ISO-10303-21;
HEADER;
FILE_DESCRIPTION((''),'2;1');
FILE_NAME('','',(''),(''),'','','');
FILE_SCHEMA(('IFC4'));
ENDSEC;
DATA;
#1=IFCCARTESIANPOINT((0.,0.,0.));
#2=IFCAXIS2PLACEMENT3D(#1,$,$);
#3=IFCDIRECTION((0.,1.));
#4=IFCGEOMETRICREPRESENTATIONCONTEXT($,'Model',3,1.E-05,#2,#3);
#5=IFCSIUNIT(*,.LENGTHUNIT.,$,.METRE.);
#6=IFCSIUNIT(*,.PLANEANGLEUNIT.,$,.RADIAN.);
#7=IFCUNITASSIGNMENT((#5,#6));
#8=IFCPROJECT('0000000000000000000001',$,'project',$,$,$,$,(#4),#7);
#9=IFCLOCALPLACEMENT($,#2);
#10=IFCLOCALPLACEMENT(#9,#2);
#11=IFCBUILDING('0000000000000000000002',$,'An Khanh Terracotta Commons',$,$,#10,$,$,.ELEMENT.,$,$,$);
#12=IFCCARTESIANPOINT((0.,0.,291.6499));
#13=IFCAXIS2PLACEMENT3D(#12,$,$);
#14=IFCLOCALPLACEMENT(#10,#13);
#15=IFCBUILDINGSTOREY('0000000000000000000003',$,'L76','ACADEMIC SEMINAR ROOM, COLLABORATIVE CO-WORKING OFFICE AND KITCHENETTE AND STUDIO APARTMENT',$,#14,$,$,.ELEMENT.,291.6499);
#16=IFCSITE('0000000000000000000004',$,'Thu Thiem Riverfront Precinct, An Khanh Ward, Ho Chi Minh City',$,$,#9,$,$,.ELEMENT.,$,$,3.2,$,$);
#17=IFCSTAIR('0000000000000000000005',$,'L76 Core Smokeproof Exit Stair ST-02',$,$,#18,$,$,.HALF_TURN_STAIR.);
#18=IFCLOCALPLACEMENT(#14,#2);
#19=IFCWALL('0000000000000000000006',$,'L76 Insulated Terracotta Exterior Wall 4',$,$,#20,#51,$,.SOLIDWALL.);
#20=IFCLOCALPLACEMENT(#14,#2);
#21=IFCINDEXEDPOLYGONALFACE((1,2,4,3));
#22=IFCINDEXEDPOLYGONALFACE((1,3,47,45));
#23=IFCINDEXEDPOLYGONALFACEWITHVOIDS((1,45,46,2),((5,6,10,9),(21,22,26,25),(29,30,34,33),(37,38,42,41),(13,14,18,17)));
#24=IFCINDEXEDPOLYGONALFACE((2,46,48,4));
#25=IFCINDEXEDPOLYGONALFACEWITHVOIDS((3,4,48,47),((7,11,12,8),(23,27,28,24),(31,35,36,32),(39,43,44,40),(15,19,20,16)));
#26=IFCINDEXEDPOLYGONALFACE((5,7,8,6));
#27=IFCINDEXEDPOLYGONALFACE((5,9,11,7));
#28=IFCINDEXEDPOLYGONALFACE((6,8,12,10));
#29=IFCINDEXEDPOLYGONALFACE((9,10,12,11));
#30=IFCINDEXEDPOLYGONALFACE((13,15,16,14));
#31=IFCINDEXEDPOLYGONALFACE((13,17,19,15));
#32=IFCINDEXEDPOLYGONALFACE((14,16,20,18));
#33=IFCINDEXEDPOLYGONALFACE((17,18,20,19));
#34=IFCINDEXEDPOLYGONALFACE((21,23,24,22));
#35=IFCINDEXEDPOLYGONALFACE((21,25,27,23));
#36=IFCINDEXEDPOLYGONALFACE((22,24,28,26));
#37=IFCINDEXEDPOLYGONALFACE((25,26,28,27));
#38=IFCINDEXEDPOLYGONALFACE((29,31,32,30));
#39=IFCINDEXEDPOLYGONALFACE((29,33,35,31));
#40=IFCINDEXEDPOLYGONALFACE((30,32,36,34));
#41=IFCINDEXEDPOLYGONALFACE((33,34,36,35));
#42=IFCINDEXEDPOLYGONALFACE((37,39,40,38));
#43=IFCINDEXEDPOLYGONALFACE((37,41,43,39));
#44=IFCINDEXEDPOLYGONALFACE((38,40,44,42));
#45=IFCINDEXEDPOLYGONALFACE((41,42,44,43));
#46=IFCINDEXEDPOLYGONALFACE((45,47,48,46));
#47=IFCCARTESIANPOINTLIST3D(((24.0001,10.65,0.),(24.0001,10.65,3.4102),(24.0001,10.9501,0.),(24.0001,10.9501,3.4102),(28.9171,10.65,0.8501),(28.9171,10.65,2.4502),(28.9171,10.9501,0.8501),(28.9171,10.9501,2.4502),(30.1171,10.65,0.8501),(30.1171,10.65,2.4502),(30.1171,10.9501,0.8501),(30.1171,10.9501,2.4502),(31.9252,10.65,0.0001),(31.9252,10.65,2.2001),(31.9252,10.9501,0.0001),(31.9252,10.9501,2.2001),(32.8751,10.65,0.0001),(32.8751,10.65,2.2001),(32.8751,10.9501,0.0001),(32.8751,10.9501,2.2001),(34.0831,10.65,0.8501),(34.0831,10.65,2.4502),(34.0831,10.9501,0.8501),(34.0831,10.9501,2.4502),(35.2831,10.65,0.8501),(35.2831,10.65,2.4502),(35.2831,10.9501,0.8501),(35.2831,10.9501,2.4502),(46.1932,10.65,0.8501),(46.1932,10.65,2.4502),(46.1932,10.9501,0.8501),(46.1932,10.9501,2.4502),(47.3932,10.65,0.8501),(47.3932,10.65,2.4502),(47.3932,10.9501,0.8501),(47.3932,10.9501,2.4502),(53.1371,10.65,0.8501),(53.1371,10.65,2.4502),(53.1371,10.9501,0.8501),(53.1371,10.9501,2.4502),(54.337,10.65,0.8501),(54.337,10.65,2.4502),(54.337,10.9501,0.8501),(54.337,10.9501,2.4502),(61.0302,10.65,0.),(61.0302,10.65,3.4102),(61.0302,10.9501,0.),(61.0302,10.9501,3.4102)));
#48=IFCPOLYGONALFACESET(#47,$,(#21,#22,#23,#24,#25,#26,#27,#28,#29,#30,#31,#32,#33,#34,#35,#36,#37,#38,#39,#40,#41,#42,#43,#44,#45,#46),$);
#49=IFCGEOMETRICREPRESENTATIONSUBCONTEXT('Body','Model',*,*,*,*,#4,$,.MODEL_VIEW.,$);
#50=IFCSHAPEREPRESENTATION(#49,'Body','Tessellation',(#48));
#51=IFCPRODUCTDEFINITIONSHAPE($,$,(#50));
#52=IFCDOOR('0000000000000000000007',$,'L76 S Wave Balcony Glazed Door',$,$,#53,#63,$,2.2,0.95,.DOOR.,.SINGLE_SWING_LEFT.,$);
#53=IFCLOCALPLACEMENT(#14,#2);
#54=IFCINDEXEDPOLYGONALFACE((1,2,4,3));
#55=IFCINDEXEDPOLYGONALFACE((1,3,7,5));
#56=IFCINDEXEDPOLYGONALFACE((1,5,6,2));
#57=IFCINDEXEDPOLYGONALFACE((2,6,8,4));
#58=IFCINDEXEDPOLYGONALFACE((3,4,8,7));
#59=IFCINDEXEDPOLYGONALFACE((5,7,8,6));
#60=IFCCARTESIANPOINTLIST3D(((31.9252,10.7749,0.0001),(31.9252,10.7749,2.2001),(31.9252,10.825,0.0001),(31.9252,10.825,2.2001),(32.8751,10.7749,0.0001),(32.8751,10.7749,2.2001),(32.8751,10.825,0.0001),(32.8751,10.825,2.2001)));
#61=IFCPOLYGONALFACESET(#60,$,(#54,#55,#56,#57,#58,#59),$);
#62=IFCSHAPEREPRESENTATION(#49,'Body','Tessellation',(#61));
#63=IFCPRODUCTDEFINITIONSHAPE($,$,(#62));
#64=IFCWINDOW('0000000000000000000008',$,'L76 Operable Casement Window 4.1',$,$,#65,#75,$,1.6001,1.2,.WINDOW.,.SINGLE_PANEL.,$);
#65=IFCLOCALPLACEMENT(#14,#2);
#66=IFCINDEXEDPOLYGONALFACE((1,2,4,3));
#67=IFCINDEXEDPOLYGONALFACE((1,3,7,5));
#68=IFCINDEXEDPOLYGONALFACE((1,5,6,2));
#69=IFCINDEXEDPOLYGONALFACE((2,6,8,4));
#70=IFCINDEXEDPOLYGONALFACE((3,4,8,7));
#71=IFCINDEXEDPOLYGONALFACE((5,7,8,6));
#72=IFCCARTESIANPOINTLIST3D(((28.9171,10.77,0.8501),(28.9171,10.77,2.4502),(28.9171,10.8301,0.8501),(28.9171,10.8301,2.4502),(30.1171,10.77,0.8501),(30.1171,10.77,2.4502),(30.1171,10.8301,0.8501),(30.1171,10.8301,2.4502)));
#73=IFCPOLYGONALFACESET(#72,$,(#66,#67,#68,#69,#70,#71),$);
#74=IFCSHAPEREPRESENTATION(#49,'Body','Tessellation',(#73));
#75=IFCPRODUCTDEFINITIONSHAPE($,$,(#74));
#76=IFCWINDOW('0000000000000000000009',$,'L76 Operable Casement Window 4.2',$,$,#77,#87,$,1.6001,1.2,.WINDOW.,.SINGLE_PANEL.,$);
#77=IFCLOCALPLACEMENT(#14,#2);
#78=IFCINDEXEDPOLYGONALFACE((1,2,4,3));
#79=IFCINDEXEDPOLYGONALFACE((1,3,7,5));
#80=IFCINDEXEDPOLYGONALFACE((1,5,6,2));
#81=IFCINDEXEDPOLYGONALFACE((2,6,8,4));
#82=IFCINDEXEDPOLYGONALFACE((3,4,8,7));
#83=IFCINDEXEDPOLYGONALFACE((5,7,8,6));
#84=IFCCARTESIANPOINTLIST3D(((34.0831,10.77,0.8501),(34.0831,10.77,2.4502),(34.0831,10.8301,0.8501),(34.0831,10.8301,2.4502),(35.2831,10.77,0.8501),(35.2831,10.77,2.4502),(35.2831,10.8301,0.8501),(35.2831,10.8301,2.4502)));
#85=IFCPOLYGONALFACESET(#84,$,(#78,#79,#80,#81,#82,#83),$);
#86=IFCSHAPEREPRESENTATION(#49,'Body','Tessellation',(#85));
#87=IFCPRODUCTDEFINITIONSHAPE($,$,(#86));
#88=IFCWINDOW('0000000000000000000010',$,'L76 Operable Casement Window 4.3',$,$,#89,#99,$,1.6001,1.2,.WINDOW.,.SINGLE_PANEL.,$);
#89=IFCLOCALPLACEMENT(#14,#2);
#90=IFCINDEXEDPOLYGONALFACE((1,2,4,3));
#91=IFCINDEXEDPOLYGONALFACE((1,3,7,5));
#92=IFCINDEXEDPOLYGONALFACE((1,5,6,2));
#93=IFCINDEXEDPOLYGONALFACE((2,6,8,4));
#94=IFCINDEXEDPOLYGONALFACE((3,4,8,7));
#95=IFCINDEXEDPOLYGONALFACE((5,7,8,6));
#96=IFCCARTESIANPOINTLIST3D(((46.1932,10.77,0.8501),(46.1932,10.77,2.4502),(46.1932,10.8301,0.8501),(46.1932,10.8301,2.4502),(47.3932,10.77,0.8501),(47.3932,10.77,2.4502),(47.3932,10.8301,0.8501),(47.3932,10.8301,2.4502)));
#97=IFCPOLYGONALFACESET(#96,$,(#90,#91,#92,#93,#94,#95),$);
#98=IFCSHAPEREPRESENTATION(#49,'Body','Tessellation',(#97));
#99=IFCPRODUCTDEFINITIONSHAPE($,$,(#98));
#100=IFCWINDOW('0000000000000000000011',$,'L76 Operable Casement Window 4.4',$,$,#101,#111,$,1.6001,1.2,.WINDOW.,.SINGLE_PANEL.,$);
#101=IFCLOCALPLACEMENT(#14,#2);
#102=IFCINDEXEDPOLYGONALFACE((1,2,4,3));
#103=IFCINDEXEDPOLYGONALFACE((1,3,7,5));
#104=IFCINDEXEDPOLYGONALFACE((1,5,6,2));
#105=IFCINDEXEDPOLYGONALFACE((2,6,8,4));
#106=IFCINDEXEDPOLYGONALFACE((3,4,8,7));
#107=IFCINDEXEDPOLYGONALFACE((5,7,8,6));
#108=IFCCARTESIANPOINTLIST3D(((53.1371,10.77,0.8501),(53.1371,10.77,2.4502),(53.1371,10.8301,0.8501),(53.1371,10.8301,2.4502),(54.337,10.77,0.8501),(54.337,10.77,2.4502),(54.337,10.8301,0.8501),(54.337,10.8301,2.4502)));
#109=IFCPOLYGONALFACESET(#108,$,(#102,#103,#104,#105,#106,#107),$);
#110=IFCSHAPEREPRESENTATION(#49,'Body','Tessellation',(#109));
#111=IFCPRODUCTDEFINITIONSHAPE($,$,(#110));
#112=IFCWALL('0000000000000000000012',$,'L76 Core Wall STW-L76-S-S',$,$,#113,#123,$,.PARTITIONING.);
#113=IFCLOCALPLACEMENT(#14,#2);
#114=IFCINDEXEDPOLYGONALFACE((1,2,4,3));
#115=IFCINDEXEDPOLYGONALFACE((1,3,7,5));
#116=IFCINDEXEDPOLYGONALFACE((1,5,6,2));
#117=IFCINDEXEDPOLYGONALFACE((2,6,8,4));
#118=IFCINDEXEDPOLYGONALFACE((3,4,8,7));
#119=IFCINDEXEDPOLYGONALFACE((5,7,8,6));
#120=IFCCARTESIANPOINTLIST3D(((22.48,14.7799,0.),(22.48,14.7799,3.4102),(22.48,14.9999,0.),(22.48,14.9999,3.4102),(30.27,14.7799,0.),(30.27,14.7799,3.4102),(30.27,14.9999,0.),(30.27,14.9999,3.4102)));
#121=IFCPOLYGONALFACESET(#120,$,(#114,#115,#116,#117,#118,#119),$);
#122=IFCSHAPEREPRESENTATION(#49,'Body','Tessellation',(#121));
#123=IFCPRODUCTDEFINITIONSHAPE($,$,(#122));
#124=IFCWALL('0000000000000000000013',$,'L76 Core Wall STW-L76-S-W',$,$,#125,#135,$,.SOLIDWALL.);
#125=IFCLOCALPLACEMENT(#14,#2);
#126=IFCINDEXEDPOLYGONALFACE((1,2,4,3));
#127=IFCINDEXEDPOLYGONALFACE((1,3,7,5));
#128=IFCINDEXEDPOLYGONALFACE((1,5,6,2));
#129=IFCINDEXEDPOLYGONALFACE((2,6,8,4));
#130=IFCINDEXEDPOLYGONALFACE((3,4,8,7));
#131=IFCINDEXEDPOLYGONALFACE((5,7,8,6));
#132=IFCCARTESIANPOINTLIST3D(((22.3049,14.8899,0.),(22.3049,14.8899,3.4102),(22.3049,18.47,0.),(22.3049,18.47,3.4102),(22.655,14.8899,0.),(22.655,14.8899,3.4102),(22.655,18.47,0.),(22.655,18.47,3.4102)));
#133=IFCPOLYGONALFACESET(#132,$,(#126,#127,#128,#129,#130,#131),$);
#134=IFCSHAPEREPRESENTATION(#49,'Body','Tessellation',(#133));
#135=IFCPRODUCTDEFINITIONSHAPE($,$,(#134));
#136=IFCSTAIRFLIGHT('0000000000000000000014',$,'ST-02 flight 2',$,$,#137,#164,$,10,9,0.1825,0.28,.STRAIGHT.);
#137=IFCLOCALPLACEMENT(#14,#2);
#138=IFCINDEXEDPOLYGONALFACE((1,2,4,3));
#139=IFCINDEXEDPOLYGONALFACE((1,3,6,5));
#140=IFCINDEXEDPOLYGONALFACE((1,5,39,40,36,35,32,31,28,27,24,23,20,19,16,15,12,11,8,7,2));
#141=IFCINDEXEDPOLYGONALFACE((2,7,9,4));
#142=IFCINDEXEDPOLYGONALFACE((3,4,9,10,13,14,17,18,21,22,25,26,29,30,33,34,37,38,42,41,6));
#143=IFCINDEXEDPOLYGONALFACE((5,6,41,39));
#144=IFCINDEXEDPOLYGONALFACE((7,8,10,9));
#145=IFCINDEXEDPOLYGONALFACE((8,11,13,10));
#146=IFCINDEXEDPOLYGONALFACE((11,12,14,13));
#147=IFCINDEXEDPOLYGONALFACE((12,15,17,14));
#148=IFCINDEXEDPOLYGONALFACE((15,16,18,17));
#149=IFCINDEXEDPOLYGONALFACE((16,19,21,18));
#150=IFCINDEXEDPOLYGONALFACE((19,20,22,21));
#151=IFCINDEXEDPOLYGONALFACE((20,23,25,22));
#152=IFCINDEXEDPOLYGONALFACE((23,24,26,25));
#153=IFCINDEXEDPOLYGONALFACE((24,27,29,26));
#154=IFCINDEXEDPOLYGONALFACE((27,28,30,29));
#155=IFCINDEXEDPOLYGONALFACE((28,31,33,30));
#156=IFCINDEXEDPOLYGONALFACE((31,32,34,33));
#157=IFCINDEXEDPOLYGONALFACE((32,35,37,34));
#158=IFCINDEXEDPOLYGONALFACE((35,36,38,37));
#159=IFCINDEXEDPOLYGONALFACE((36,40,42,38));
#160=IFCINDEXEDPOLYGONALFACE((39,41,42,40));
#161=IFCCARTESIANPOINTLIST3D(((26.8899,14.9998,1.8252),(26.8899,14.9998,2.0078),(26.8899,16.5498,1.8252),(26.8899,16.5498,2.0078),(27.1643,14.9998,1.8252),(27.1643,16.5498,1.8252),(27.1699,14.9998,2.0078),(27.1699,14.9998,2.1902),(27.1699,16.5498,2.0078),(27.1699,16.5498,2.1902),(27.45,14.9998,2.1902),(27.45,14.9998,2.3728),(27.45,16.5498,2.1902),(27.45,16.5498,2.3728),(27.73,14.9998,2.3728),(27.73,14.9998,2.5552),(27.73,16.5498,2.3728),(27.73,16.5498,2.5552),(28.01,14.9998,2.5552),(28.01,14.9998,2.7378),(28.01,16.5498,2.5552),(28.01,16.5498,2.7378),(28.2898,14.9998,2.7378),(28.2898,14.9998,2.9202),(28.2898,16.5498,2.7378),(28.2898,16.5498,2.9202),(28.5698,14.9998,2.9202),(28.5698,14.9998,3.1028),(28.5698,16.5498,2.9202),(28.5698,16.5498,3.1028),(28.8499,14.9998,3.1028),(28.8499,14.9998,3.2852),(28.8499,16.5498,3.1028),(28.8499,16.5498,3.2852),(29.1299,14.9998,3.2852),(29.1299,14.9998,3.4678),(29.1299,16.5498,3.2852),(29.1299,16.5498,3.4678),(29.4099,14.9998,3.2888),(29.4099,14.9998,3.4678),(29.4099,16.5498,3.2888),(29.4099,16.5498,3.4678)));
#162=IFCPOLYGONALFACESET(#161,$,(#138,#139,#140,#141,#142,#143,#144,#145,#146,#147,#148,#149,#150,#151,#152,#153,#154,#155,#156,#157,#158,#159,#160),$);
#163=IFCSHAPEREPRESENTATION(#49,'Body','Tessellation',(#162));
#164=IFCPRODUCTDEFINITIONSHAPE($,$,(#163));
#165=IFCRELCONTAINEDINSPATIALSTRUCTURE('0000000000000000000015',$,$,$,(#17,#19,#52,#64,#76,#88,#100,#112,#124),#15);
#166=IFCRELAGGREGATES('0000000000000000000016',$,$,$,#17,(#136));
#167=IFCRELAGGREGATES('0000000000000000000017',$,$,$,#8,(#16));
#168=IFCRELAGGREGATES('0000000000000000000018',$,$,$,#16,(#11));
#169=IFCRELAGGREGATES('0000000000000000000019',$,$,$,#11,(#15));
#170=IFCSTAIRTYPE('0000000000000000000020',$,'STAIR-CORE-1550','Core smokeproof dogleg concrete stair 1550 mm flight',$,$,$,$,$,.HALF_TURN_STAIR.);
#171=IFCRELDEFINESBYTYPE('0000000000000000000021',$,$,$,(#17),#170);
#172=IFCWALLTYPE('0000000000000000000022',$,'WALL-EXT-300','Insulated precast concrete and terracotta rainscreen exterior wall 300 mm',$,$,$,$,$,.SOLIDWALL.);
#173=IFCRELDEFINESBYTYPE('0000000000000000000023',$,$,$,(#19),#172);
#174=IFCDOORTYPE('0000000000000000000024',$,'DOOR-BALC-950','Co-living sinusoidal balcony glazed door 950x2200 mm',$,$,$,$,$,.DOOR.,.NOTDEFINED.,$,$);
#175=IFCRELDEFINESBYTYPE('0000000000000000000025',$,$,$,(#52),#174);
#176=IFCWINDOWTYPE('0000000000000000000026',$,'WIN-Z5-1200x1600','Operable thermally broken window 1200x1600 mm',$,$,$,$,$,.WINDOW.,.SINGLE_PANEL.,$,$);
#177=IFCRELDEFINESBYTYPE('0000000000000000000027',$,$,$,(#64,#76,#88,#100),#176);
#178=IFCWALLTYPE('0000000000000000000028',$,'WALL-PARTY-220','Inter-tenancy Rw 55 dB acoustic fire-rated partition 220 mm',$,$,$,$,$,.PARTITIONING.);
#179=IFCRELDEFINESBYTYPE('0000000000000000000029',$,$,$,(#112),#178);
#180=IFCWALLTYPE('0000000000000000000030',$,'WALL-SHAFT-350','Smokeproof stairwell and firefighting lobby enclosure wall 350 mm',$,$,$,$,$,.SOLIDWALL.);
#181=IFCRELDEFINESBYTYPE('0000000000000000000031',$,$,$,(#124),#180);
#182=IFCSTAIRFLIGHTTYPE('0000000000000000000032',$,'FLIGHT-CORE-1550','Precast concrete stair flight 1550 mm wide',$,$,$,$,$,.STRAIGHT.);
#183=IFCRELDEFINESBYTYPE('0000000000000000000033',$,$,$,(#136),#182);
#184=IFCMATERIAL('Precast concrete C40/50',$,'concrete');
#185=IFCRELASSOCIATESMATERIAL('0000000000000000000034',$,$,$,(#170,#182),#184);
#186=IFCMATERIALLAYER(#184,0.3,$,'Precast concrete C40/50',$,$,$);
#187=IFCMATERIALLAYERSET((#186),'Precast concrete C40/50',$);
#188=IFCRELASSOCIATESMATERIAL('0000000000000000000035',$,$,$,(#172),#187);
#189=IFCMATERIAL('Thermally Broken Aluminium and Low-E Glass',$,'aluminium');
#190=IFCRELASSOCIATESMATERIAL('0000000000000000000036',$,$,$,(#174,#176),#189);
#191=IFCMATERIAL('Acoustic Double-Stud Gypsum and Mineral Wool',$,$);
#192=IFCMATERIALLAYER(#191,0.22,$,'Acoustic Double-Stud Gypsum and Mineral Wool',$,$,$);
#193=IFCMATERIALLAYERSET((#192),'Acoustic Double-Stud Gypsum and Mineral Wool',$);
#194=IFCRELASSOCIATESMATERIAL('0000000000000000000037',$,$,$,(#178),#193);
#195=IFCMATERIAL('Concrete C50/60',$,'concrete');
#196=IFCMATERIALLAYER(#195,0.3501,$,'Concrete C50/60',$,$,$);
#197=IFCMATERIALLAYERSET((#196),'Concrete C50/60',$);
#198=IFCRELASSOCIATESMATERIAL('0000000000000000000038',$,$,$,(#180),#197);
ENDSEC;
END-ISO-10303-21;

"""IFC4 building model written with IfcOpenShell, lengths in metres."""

from ifc_helpers import new_model, si_unit, direction, frame, frame_2d, origin, place, context, subcontext, project, spatial, polyline, rectangle, outline, extrude, material, layer, layer_set, type_object, element, fill, aggregate, save


model = new_model("IFC4")

# Units and contexts
model_context = context("Model", 3, precision=1e-05, world=origin(), true_north=direction((0.0, 1.0)))
body_context = subcontext(model_context, "Body", "Model", "MODEL_VIEW")
ifc_project = project(units=[si_unit("LENGTHUNIT", "METRE"), si_unit("PLANEANGLEUNIT", "RADIAN")], contexts=[model_context])

# Site, building, storey
site_placement = place(None, origin())
site = spatial("IfcSite", under=ifc_project, at=site_placement, Name="Thu Thiem Riverfront Precinct, An Khanh Ward, Ho Chi Minh City", CompositionType="ELEMENT", RefElevation=3.2)
building_placement = place(site_placement, origin())
building = spatial("IfcBuilding", under=site, at=building_placement, Name="An Khanh Terracotta Commons", CompositionType="ELEMENT")
storey_placement = place(building_placement, frame((0.0, 0.0, 291.6499)))
storey = spatial("IfcBuildingStorey", under=building, at=storey_placement, Name="L76", Description="ACADEMIC SEMINAR ROOM, COLLABORATIVE CO-WORKING OFFICE AND KITCHENETTE AND STUDIO APARTMENT", CompositionType="ELEMENT", Elevation=291.6499)

# Shared definitions
ifc_material_1 = material(Name="Concrete C50/60", Category="concrete")

# Stair
ifc_material_2 = material(Name="Precast concrete C40/50", Category="concrete")
stair_type = type_object("IfcStairType", Name="STAIR-CORE-1550", Description="Core smokeproof dogleg concrete stair 1550 mm flight", PredefinedType="HALF_TURN_STAIR", material=ifc_material_2)
stair_1_placement = place(storey_placement, origin())
stair_1 = element("IfcStair", 1, at=stair_1_placement, inside=storey, type_object=stair_type, Name="L76 Core Smokeproof Exit Stair ST-02", PredefinedType="HALF_TURN_STAIR")

# Shared definitions
ifc_layer_1 = layer(ifc_material_2, 0.3, Name="Precast concrete C40/50")
ifc_layer_set_1 = layer_set([ifc_layer_1], Name="Precast concrete C40/50")
wall_type_1 = type_object("IfcWallType", Name="WALL-EXT-300", Description="Insulated precast concrete and terracotta rainscreen exterior wall 300 mm", PredefinedType="SOLIDWALL", material=ifc_layer_set_1)

# Wall, openings, door, windows
wall_1_placement = place(storey_placement, frame((24.0, 10.8, 0.0), z_axis=(0.0, 0.0, 1.0), x_axis=(1.0, 0.0, 0.0)))
wall_1 = element("IfcWall", 2, at=wall_1_placement, inside=storey, type_object=wall_type_1, Name="L76 Insulated Terracotta Exterior Wall 4", PredefinedType="SOLIDWALL", context=body_context, shape_type="SweptSolid", body=[
    extrude(rectangle(XDim=37.03, YDim=0.3, at=frame_2d((18.5151, 0.0))), origin(), (0.0, 0.0, 1.0), 3.4102),
])
opening_1_placement = place(wall_1_placement, frame((7.925, 0.0, 0.0)))
opening_1 = element("IfcOpeningElement", 3, at=opening_1_placement, cuts=wall_1, PredefinedType="OPENING", context=body_context, shape_type="SweptSolid", body=[
    extrude(rectangle(XDim=0.95, YDim=2.2, at=frame_2d((0.4751, 1.1001))), frame((0.0, 0.1599, 0.0), z_axis=(0.0, -1.0, 0.0), x_axis=(1.0, 0.0, 0.0)), (0.0, 0.0, 1.0), 0.3201),
])
opening_2_placement = place(wall_1_placement, frame((4.917, 0.0, 0.8501)))
opening_2 = element("IfcOpeningElement", 4, at=opening_2_placement, cuts=wall_1, PredefinedType="OPENING", context=body_context, shape_type="SweptSolid", body=[
    extrude(rectangle(XDim=1.2, YDim=1.6001, at=frame_2d((0.6001, 0.8))), frame((0.0, 0.1599, 0.0), z_axis=(0.0, -1.0, 0.0), x_axis=(1.0, 0.0, 0.0)), (0.0, 0.0, 1.0), 0.3201),
])
opening_3_placement = place(wall_1_placement, frame((10.083, 0.0, 0.8501)))
opening_3 = element("IfcOpeningElement", 5, at=opening_3_placement, cuts=wall_1, PredefinedType="OPENING", context=body_context, shape_type="SweptSolid", body=[
    extrude(rectangle(XDim=1.2, YDim=1.6001, at=frame_2d((0.6001, 0.8))), frame((0.0, 0.1599, 0.0), z_axis=(0.0, -1.0, 0.0), x_axis=(1.0, 0.0, 0.0)), (0.0, 0.0, 1.0), 0.3201),
])
opening_4_placement = place(wall_1_placement, frame((22.1931, 0.0, 0.8501)))
opening_4 = element("IfcOpeningElement", 6, at=opening_4_placement, cuts=wall_1, PredefinedType="OPENING", context=body_context, shape_type="SweptSolid", body=[
    extrude(rectangle(XDim=1.2, YDim=1.6001, at=frame_2d((0.6001, 0.8))), frame((0.0, 0.1599, 0.0), z_axis=(0.0, -1.0, 0.0), x_axis=(1.0, 0.0, 0.0)), (0.0, 0.0, 1.0), 0.3201),
])
opening_5_placement = place(wall_1_placement, frame((29.137, 0.0, 0.8501)))
opening_5 = element("IfcOpeningElement", 7, at=opening_5_placement, cuts=wall_1, PredefinedType="OPENING", context=body_context, shape_type="SweptSolid", body=[
    extrude(rectangle(XDim=1.2, YDim=1.6001, at=frame_2d((0.6001, 0.8))), frame((0.0, 0.1599, 0.0), z_axis=(0.0, -1.0, 0.0), x_axis=(1.0, 0.0, 0.0)), (0.0, 0.0, 1.0), 0.3201),
])
ifc_material_3 = material(Name="Thermally Broken Aluminium and Low-E Glass", Category="aluminium")
door_type = type_object("IfcDoorType", Name="DOOR-BALC-950", Description="Co-living sinusoidal balcony glazed door 950x2200 mm", OperationType="NOTDEFINED", PredefinedType="DOOR", material=ifc_material_3)
door_placement = place(opening_1_placement, origin())
door = element("IfcDoor", 8, at=door_placement, inside=storey, type_object=door_type, Name="L76 S Wave Balcony Glazed Door", OperationType="SINGLE_SWING_LEFT", OverallHeight=2.2, OverallWidth=0.95, PredefinedType="DOOR", context=body_context, shape_type="SweptSolid", body=[
    extrude(rectangle(XDim=0.95, YDim=2.2, at=frame_2d((0.4751, 1.1001))), frame((0.0, 0.0249, 0.0), z_axis=(0.0, -1.0, 0.0), x_axis=(1.0, 0.0, 0.0)), (0.0, 0.0, 1.0), 0.05),
])
fill(opening_1, door)
window_type = type_object("IfcWindowType", Name="WIN-Z5-1200x1600", Description="Operable thermally broken window 1200x1600 mm", PartitioningType="SINGLE_PANEL", PredefinedType="WINDOW", material=ifc_material_3)
window_1_placement = place(opening_2_placement, origin())
window_1 = element("IfcWindow", 9, at=window_1_placement, inside=storey, type_object=window_type, Name="L76 Operable Casement Window 4.1", OverallHeight=1.6001, OverallWidth=1.2, PartitioningType="SINGLE_PANEL", PredefinedType="WINDOW", context=body_context, shape_type="SweptSolid", body=[
    extrude(rectangle(XDim=1.2, YDim=1.6001, at=frame_2d((0.6001, 0.8))), frame((0.0, 0.03, 0.0), z_axis=(0.0, -1.0, 0.0), x_axis=(1.0, 0.0, 0.0)), (0.0, 0.0, 1.0), 0.0601),
])
fill(opening_2, window_1)
window_2_placement = place(opening_3_placement, origin())
window_2 = element("IfcWindow", 10, at=window_2_placement, inside=storey, type_object=window_type, Name="L76 Operable Casement Window 4.2", OverallHeight=1.6001, OverallWidth=1.2, PartitioningType="SINGLE_PANEL", PredefinedType="WINDOW", context=body_context, shape_type="SweptSolid", body=[
    extrude(rectangle(XDim=1.2, YDim=1.6001, at=frame_2d((0.6001, 0.8))), frame((0.0, 0.03, 0.0), z_axis=(0.0, -1.0, 0.0), x_axis=(1.0, 0.0, 0.0)), (0.0, 0.0, 1.0), 0.0601),
])
fill(opening_3, window_2)
window_3_placement = place(opening_4_placement, origin())
window_3 = element("IfcWindow", 11, at=window_3_placement, inside=storey, type_object=window_type, Name="L76 Operable Casement Window 4.3", OverallHeight=1.6001, OverallWidth=1.2, PartitioningType="SINGLE_PANEL", PredefinedType="WINDOW", context=body_context, shape_type="SweptSolid", body=[
    extrude(rectangle(XDim=1.2, YDim=1.6001, at=frame_2d((0.6001, 0.8))), frame((0.0, 0.03, 0.0), z_axis=(0.0, -1.0, 0.0), x_axis=(1.0, 0.0, 0.0)), (0.0, 0.0, 1.0), 0.0601),
])
fill(opening_4, window_3)
window_4_placement = place(opening_5_placement, origin())
window_4 = element("IfcWindow", 12, at=window_4_placement, inside=storey, type_object=window_type, Name="L76 Operable Casement Window 4.4", OverallHeight=1.6001, OverallWidth=1.2, PartitioningType="SINGLE_PANEL", PredefinedType="WINDOW", context=body_context, shape_type="SweptSolid", body=[
    extrude(rectangle(XDim=1.2, YDim=1.6001, at=frame_2d((0.6001, 0.8))), frame((0.0, 0.03, 0.0), z_axis=(0.0, -1.0, 0.0), x_axis=(1.0, 0.0, 0.0)), (0.0, 0.0, 1.0), 0.0601),
])
fill(opening_5, window_4)

# Walls
ifc_material_4 = material(Name="Acoustic Double-Stud Gypsum and Mineral Wool")
ifc_layer_2 = layer(ifc_material_4, 0.22, Name="Acoustic Double-Stud Gypsum and Mineral Wool")
ifc_layer_set_2 = layer_set([ifc_layer_2], Name="Acoustic Double-Stud Gypsum and Mineral Wool")
wall_type_2 = type_object("IfcWallType", Name="WALL-PARTY-220", Description="Inter-tenancy Rw 55 dB acoustic fire-rated partition 220 mm", PredefinedType="PARTITIONING", material=ifc_layer_set_2)
wall_2_placement = place(storey_placement, frame((22.48, 14.8899, 0.0), z_axis=(0.0, 0.0, 1.0), x_axis=(1.0, 0.0, 0.0)))
element("IfcWall", 13, at=wall_2_placement, inside=storey, type_object=wall_type_2, Name="L76 Core Wall STW-L76-S-S", PredefinedType="PARTITIONING", context=body_context, shape_type="SweptSolid", body=[
    extrude(rectangle(XDim=7.79, YDim=0.22, at=frame_2d((3.895, 0.0))), origin(), (0.0, 0.0, 1.0), 3.4102),
])
ifc_layer_3 = layer(ifc_material_1, 0.3501, Name="Concrete C50/60")
ifc_layer_set_3 = layer_set([ifc_layer_3], Name="Concrete C50/60")
wall_type_3 = type_object("IfcWallType", Name="WALL-SHAFT-350", Description="Smokeproof stairwell and firefighting lobby enclosure wall 350 mm", PredefinedType="SOLIDWALL", material=ifc_layer_set_3)
wall_3_placement = place(storey_placement, frame((22.48, 14.8899, 0.0), z_axis=(0.0, 0.0, 1.0), x_axis=(0.0, 1.0, 0.0)))
element("IfcWall", 14, at=wall_3_placement, inside=storey, type_object=wall_type_3, Name="L76 Core Wall STW-L76-S-W", PredefinedType="SOLIDWALL", context=body_context, shape_type="SweptSolid", body=[
    extrude(rectangle(XDim=3.5801, YDim=0.3501, at=frame_2d((1.79, 0.0))), origin(), (0.0, 0.0, 1.0), 3.4102),
])

# Stair flight
stair_flight_type = type_object("IfcStairFlightType", Name="FLIGHT-CORE-1550", Description="Precast concrete stair flight 1550 mm wide", PredefinedType="STRAIGHT", material=ifc_material_2)
stair_flight_placement = place(storey_placement, frame((26.8899, 15.7749, 1.8252), z_axis=(0.0, 0.0, 1.0), x_axis=(1.0, 0.0, 0.0)))
stair_flight = element("IfcStairFlight", 15, at=stair_flight_placement, type_object=stair_flight_type, Name="ST-02 flight 2", NumberOfRisers=10, NumberOfTreads=9, PredefinedType="STRAIGHT", RiserHeight=0.1825, TreadLength=0.28, context=body_context, shape_type="SweptSolid", body=[
    extrude(outline(polyline([(0.0, 0.0), (0.0, 0.1826), (0.28, 0.1826), (0.28, 0.365), (0.5601, 0.365), (0.5601, 0.5476), (0.8401, 0.5476), (0.8401, 0.73), (1.1201, 0.73), (1.1201, 0.9126), (1.3999, 0.9126), (1.3999, 1.095), (1.6799, 1.095), (1.6799, 1.2776), (1.96, 1.2776), (1.96, 1.46), (2.24, 1.46), (2.24, 1.6426), (2.52, 1.6426), (2.52, 1.825), (2.52, 1.4636), (0.2744, 0.0), (0.0, 0.0)])), frame((0.0, 0.7749, 0.0), z_axis=(0.0, -1.0, 0.0), x_axis=(1.0, 0.0, 0.0)), (0.0, 0.0, 1.0), 1.55),
])
aggregate(stair_1, [stair_flight])

save(model, "model.ifc")
